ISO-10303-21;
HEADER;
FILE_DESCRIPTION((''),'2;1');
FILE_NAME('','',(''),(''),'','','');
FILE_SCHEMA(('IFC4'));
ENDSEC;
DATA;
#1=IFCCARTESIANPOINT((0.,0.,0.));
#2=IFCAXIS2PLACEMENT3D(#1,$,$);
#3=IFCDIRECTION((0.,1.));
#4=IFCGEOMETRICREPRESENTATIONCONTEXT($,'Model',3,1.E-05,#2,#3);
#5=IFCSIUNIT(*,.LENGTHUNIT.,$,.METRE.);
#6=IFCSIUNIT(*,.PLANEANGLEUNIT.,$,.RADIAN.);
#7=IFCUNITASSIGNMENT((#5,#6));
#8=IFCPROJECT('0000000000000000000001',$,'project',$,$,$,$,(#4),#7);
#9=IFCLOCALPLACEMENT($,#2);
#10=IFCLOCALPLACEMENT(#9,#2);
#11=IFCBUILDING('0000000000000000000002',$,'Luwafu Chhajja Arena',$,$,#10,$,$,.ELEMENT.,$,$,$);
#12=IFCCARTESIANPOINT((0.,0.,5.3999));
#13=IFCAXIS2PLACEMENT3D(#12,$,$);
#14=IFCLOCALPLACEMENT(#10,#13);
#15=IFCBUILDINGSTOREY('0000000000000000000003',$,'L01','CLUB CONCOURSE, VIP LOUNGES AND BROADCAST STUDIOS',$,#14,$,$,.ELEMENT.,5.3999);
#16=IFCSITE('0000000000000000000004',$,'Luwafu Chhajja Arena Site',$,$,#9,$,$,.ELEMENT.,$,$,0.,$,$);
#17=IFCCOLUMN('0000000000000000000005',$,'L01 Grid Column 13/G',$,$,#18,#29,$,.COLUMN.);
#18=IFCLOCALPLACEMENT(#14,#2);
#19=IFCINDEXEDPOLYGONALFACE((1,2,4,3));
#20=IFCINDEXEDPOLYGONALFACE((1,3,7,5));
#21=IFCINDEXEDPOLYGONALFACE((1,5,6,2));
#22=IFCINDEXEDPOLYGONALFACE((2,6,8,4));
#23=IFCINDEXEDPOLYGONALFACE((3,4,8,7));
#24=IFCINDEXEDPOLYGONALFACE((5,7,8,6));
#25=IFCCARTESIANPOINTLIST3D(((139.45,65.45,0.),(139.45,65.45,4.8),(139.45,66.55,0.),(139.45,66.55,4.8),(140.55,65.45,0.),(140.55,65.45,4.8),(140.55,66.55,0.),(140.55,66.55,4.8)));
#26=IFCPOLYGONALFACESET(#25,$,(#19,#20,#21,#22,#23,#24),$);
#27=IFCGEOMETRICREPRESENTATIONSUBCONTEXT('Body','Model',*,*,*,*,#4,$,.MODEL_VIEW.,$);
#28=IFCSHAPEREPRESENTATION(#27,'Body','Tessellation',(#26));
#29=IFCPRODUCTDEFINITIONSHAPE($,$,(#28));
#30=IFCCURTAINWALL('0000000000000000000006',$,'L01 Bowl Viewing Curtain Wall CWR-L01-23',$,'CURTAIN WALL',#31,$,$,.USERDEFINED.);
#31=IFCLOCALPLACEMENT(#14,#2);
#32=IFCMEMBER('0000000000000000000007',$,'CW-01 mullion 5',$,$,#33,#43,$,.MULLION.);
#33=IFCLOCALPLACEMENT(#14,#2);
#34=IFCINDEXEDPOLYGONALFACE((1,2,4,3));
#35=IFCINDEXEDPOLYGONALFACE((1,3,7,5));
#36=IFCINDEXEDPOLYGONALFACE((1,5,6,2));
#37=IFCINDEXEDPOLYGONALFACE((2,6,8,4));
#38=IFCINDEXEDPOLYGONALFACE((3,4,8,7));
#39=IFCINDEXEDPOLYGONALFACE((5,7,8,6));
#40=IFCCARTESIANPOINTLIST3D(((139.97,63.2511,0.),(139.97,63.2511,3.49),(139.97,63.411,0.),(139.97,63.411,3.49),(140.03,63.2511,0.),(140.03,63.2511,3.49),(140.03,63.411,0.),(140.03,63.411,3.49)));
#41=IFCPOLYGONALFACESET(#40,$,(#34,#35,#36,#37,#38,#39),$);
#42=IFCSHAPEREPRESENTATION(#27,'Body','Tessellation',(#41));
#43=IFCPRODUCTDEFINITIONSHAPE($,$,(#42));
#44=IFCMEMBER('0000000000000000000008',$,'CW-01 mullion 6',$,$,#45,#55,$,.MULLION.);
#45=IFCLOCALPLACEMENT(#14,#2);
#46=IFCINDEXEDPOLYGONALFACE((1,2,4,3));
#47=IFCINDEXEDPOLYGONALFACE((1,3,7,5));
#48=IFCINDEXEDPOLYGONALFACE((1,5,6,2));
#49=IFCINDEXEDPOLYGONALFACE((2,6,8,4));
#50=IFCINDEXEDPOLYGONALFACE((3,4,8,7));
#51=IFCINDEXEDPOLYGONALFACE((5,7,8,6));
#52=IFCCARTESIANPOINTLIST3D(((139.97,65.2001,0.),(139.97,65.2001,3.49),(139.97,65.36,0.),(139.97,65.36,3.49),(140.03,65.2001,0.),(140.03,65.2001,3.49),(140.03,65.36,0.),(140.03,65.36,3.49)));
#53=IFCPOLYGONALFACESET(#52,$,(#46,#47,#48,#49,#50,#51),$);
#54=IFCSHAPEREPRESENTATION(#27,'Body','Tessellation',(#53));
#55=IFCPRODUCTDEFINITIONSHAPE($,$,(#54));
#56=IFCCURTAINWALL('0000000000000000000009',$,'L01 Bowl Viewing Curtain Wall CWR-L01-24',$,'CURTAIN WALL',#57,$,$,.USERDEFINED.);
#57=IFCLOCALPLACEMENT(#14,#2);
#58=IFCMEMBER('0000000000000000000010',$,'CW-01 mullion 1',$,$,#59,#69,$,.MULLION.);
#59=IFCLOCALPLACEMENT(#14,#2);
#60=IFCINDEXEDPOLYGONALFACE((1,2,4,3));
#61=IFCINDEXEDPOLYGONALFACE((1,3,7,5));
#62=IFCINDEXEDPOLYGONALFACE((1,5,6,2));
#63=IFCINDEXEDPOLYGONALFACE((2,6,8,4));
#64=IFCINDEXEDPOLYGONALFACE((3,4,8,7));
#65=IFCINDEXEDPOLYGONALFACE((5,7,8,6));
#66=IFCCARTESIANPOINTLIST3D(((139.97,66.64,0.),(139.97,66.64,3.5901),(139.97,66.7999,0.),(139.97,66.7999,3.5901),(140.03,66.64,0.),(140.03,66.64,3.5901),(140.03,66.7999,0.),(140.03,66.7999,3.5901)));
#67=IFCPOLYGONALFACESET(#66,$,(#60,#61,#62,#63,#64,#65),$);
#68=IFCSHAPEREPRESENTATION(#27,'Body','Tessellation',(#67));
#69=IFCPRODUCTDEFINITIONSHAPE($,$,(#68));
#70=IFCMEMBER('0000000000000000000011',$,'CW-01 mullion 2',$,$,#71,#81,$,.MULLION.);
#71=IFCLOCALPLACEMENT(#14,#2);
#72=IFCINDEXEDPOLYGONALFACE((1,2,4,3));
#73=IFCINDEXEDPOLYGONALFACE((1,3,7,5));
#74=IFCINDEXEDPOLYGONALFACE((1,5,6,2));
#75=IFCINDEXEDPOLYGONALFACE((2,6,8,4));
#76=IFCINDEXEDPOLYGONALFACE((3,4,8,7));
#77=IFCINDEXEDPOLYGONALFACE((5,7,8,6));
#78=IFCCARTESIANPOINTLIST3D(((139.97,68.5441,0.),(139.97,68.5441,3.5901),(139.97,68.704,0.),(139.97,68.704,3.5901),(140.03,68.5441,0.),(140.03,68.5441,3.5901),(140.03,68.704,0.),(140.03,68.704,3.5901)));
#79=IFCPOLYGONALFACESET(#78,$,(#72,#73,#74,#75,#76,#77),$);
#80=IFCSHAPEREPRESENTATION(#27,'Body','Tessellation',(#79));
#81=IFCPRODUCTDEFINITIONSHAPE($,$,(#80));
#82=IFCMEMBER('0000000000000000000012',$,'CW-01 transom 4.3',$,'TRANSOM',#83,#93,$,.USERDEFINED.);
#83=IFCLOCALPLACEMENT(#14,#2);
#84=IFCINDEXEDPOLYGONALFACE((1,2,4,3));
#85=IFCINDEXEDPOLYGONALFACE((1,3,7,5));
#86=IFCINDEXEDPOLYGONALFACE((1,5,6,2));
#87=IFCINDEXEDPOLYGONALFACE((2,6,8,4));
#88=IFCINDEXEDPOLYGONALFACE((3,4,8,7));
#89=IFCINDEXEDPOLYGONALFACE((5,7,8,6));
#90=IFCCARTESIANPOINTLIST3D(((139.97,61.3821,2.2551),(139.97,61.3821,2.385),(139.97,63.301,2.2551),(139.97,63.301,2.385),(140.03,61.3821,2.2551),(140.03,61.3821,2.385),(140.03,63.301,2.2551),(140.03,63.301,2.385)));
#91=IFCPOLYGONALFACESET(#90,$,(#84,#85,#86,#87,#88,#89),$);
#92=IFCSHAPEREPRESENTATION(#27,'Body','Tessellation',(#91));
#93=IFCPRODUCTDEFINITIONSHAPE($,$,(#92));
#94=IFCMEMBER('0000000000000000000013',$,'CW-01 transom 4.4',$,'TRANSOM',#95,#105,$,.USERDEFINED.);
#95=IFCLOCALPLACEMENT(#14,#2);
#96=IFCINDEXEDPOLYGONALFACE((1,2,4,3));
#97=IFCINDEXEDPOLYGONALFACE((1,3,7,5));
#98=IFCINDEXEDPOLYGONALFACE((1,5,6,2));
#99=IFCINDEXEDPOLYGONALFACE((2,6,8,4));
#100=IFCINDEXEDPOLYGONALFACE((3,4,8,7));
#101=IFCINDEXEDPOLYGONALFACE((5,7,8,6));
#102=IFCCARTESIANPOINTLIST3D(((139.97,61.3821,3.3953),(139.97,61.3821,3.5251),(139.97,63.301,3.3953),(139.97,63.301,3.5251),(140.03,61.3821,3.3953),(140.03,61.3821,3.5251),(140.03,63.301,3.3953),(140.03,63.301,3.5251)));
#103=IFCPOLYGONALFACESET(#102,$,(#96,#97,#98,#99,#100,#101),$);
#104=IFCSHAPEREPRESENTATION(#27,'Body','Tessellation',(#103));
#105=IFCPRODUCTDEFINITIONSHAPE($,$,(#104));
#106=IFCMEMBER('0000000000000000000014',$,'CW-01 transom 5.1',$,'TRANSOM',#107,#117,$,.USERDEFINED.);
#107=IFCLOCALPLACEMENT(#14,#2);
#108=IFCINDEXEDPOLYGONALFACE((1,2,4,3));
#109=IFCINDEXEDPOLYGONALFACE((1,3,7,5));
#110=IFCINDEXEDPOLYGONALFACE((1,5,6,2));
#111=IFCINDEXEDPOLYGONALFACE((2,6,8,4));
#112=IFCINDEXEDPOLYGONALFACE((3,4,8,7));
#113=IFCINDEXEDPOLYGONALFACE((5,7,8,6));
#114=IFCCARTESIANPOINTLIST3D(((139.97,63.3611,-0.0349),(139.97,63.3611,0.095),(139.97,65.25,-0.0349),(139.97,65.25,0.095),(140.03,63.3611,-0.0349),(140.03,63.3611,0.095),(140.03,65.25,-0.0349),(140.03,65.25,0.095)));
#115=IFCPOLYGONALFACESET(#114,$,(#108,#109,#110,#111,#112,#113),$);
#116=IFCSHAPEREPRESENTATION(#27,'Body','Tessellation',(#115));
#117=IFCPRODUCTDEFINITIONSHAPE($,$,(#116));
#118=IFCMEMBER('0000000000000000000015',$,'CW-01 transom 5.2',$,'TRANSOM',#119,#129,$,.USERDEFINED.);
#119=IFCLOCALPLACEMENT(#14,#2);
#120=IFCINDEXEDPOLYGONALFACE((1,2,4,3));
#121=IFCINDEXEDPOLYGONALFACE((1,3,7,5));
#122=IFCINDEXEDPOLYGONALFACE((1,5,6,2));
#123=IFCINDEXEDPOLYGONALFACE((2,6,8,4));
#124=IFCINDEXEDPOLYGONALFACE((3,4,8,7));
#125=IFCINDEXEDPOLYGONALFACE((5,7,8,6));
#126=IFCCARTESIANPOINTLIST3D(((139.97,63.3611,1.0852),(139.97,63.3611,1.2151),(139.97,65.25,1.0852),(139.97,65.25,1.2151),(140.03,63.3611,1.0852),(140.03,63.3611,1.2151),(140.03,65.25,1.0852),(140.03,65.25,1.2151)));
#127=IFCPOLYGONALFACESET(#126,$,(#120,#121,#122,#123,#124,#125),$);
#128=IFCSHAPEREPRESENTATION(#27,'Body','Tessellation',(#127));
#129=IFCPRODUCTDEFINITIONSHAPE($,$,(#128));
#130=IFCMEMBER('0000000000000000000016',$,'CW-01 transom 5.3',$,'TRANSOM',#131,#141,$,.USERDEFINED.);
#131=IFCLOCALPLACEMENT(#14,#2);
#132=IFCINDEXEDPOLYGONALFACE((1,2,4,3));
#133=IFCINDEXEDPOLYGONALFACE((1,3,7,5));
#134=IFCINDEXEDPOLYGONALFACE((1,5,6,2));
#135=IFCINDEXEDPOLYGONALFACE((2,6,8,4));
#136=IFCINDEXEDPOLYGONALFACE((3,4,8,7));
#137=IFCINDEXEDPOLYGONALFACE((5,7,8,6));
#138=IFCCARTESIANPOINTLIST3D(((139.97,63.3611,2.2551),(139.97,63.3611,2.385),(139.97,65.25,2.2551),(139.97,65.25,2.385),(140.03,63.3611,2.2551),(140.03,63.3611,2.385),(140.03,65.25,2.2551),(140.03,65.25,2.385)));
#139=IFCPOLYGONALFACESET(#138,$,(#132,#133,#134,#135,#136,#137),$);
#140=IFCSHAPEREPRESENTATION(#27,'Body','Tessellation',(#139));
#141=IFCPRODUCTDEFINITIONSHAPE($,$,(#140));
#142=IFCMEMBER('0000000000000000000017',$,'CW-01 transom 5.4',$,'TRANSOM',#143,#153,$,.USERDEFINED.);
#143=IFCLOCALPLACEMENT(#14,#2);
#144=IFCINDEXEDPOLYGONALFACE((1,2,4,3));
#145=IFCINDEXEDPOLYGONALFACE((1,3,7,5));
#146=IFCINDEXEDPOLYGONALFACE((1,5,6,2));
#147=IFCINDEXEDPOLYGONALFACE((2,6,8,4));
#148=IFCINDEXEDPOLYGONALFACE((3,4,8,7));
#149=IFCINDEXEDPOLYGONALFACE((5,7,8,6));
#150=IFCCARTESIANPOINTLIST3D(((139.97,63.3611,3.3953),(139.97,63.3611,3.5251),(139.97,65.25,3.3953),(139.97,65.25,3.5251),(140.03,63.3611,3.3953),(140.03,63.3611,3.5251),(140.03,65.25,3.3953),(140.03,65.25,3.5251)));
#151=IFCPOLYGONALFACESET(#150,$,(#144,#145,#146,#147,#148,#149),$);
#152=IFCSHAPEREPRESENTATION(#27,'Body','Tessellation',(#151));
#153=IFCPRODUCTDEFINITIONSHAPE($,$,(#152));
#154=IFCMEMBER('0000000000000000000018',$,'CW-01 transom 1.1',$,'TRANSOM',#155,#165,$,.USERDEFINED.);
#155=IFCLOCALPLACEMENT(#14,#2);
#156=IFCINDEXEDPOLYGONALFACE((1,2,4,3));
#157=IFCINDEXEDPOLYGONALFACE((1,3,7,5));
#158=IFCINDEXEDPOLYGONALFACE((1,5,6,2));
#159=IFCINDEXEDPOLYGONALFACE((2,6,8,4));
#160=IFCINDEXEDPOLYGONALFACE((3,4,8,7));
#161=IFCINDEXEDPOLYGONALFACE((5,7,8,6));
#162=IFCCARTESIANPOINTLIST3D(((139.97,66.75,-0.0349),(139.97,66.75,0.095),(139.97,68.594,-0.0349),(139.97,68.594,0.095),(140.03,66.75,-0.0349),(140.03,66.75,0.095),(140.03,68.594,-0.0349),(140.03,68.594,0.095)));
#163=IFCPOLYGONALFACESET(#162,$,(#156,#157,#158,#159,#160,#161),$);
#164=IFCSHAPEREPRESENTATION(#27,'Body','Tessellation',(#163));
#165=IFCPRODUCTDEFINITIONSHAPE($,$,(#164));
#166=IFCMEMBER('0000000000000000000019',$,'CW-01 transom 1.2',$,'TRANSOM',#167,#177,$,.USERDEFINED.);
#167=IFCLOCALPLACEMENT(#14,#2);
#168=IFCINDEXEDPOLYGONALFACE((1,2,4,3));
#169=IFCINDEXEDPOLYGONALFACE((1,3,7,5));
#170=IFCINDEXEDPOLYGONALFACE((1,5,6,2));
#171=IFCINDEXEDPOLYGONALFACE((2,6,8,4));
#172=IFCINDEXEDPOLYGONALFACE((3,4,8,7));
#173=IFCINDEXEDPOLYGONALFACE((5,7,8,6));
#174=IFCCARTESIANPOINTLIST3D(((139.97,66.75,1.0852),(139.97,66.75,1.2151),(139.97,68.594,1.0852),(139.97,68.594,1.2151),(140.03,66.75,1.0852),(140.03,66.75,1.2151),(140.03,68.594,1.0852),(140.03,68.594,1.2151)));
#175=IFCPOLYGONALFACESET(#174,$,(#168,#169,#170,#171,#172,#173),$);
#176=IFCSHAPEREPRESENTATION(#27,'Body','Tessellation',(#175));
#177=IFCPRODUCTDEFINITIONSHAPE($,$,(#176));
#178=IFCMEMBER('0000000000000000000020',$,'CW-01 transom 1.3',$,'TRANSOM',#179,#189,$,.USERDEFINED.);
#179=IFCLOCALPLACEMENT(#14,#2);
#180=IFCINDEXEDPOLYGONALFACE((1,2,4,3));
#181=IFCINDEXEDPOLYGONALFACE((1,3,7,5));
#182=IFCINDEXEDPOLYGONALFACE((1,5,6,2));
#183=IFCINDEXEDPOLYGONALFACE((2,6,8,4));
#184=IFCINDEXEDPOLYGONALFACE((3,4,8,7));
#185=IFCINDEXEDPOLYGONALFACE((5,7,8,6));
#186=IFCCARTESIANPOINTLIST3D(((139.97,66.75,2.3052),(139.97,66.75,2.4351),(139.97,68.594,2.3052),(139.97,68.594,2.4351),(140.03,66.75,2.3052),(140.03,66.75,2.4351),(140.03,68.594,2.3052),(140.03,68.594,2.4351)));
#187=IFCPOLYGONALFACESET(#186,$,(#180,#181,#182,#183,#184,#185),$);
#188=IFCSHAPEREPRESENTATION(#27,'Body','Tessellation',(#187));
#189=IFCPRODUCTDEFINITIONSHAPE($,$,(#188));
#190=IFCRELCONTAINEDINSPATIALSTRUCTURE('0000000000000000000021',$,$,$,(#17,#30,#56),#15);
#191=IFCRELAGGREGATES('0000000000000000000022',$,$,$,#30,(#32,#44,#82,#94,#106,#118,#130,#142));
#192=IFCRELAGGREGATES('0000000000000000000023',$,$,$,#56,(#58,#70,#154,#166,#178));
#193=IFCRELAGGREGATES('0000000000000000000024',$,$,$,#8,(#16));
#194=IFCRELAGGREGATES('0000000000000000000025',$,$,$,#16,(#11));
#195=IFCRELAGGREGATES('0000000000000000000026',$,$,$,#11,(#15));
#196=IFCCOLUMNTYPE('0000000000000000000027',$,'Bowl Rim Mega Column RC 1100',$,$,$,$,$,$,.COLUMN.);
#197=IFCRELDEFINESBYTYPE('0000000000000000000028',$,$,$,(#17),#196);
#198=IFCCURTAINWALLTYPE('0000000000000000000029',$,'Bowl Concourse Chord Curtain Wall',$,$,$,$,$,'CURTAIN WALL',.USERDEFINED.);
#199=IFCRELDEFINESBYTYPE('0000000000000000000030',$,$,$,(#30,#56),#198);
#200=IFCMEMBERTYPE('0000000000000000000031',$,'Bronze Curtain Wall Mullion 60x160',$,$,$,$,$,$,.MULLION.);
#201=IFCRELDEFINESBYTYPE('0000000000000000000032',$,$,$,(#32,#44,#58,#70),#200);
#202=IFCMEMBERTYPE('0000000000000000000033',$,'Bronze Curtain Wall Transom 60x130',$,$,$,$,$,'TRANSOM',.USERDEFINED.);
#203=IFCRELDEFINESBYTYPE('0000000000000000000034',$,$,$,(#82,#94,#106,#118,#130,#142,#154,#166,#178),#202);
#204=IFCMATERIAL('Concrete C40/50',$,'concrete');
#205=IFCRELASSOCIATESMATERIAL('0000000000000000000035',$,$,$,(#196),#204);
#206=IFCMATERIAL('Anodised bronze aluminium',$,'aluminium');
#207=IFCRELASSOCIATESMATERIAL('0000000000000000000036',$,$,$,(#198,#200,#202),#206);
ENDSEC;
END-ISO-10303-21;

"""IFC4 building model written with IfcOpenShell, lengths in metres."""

from ifc_helpers import new_model, si_unit, direction, frame, origin, origin_2d, place, context, subcontext, project, spatial, rectangle, extrude, material, material_profile, profile_set, type_object, element, aggregate, save


model = new_model("IFC4")

# Units and contexts
model_context = context("Model", 3, precision=1e-05, world=origin(), true_north=direction((0.0, 1.0)))
body_context = subcontext(model_context, "Body", "Model", "MODEL_VIEW")
ifc_project = project(units=[si_unit("LENGTHUNIT", "METRE"), si_unit("PLANEANGLEUNIT", "RADIAN")], contexts=[model_context])

# Site, building, storey
site_placement = place(None, origin())
site = spatial("IfcSite", under=ifc_project, at=site_placement, Name="Luwafu Chhajja Arena Site", CompositionType="ELEMENT", RefElevation=0.0)
building_placement = place(site_placement, origin())
building = spatial("IfcBuilding", under=site, at=building_placement, Name="Luwafu Chhajja Arena", CompositionType="ELEMENT")
storey_placement = place(building_placement, frame((0.0, 0.0, 5.3999)))
storey = spatial("IfcBuildingStorey", under=building, at=storey_placement, Name="L01", Description="CLUB CONCOURSE, VIP LOUNGES AND BROADCAST STUDIOS", CompositionType="ELEMENT", Elevation=5.3999)

# Column
ifc_material_1 = material(Name="Concrete C40/50", Category="concrete")
ifc_material_profile_1 = material_profile(ifc_material_1, rectangle(XDim=1.1001, YDim=1.1001, at=origin_2d()), Name="RC 1100x1100")
ifc_profile_set_1 = profile_set([ifc_material_profile_1], Name="Concrete C40/50")
column_type = type_object("IfcColumnType", Name="Bowl Rim Mega Column RC 1100", PredefinedType="COLUMN", material=ifc_profile_set_1)
column_placement = place(storey_placement, frame((140.0, 66.0, 0.0), z_axis=(0.0, 0.0, 1.0), x_axis=(1.0, 0.0, 0.0)))
element("IfcColumn", 1, at=column_placement, inside=storey, type_object=column_type, Name="L01 Grid Column 13/G", PredefinedType="COLUMN", context=body_context, shape_type="SweptSolid", body=[
    extrude(rectangle(XDim=1.1001, YDim=1.1001, at=origin_2d()), origin(), (0.0, 0.0, 1.0), 4.8),
])

# Curtain walls, members
ifc_material_2 = material(Name="Anodised bronze aluminium", Category="aluminium")
curtain_wall_type = type_object("IfcCurtainWallType", Name="Bowl Concourse Chord Curtain Wall", ElementType="CURTAIN WALL", PredefinedType="USERDEFINED", material=ifc_material_2)
curtain_wall_1_placement = place(storey_placement, origin())
curtain_wall_1 = element("IfcCurtainWall", 2, at=curtain_wall_1_placement, inside=storey, type_object=curtain_wall_type, Name="L01 Bowl Viewing Curtain Wall CWR-L01-23", ObjectType="CURTAIN WALL", PredefinedType="USERDEFINED")
ifc_material_profile_2 = material_profile(ifc_material_2, rectangle(XDim=0.0601, YDim=0.1599, at=origin_2d()), Name="CWM 60x160")
ifc_profile_set_2 = profile_set([ifc_material_profile_2], Name="Anodised bronze aluminium")
member_type_1 = type_object("IfcMemberType", Name="Bronze Curtain Wall Mullion 60x160", PredefinedType="MULLION", material=ifc_profile_set_2)
member_1_placement = place(storey_placement, frame((140.0, 63.3311, 0.0), z_axis=(0.0, 0.0, 1.0), x_axis=(-1.0, 0.0, 0.0)))
member_1 = element("IfcMember", 3, at=member_1_placement, type_object=member_type_1, Name="CW-01 mullion 5", PredefinedType="MULLION", context=body_context, shape_type="SweptSolid", body=[
    extrude(rectangle(XDim=0.0601, YDim=0.1599, at=origin_2d()), origin(), (0.0, 0.0, 1.0), 3.49),
])
member_2_placement = place(storey_placement, frame((140.0, 65.28, 0.0), z_axis=(0.0, 0.0, 1.0), x_axis=(-1.0, 0.0, 0.0)))
member_2 = element("IfcMember", 4, at=member_2_placement, type_object=member_type_1, Name="CW-01 mullion 6", PredefinedType="MULLION", context=body_context, shape_type="SweptSolid", body=[
    extrude(rectangle(XDim=0.0601, YDim=0.1599, at=origin_2d()), origin(), (0.0, 0.0, 1.0), 3.49),
])
curtain_wall_2_placement = place(storey_placement, origin())
curtain_wall_2 = element("IfcCurtainWall", 5, at=curtain_wall_2_placement, inside=storey, type_object=curtain_wall_type, Name="L01 Bowl Viewing Curtain Wall CWR-L01-24", ObjectType="CURTAIN WALL", PredefinedType="USERDEFINED")
member_3_placement = place(storey_placement, frame((140.0, 66.72, 0.0), z_axis=(0.0, 0.0, 1.0), x_axis=(-1.0, 0.0, 0.0)))
member_3 = element("IfcMember", 6, at=member_3_placement, type_object=member_type_1, Name="CW-01 mullion 1", PredefinedType="MULLION", context=body_context, shape_type="SweptSolid", body=[
    extrude(rectangle(XDim=0.0601, YDim=0.1599, at=origin_2d()), origin(), (0.0, 0.0, 1.0), 3.5901),
])
member_4_placement = place(storey_placement, frame((140.0, 68.624, 0.0), z_axis=(0.0, 0.0, 1.0), x_axis=(-1.0, 0.0, 0.0)))
member_4 = element("IfcMember", 7, at=member_4_placement, type_object=member_type_1, Name="CW-01 mullion 2", PredefinedType="MULLION", context=body_context, shape_type="SweptSolid", body=[
    extrude(rectangle(XDim=0.0601, YDim=0.1599, at=origin_2d()), origin(), (0.0, 0.0, 1.0), 3.5901),
])

# Members
ifc_material_profile_3 = material_profile(ifc_material_2, rectangle(XDim=0.0601, YDim=0.1299, at=origin_2d()), Name="CWT 60x130")
ifc_profile_set_3 = profile_set([ifc_material_profile_3], Name="Anodised bronze aluminium")
member_type_2 = type_object("IfcMemberType", Name="Bronze Curtain Wall Transom 60x130", ElementType="TRANSOM", PredefinedType="USERDEFINED", material=ifc_profile_set_3)
member_5_placement = place(storey_placement, frame((140.0, 61.3821, 2.3201), z_axis=(0.0, 1.0, 0.0), x_axis=(-1.0, 0.0, 0.0)))
member_5 = element("IfcMember", 8, at=member_5_placement, type_object=member_type_2, Name="CW-01 transom 4.3", ObjectType="TRANSOM", PredefinedType="USERDEFINED", context=body_context, shape_type="SweptSolid", body=[
    extrude(rectangle(XDim=0.0601, YDim=0.1299, at=origin_2d()), origin(), (0.0, 0.0, 1.0), 1.9189),
])
member_6_placement = place(storey_placement, frame((140.0, 61.3821, 3.4602), z_axis=(0.0, 1.0, 0.0), x_axis=(-1.0, 0.0, 0.0)))
member_6 = element("IfcMember", 9, at=member_6_placement, type_object=member_type_2, Name="CW-01 transom 4.4", ObjectType="TRANSOM", PredefinedType="USERDEFINED", context=body_context, shape_type="SweptSolid", body=[
    extrude(rectangle(XDim=0.0601, YDim=0.1299, at=origin_2d()), origin(), (0.0, 0.0, 1.0), 1.9189),
])
member_7_placement = place(storey_placement, frame((140.0, 63.3611, 0.03), z_axis=(0.0, 1.0, 0.0), x_axis=(-1.0, 0.0, 0.0)))
member_7 = element("IfcMember", 10, at=member_7_placement, type_object=member_type_2, Name="CW-01 transom 5.1", ObjectType="TRANSOM", PredefinedType="USERDEFINED", context=body_context, shape_type="SweptSolid", body=[
    extrude(rectangle(XDim=0.0601, YDim=0.1299, at=origin_2d()), origin(), (0.0, 0.0, 1.0), 1.8889),
])
member_8_placement = place(storey_placement, frame((140.0, 63.3611, 1.1501), z_axis=(0.0, 1.0, 0.0), x_axis=(-1.0, 0.0, 0.0)))
member_8 = element("IfcMember", 11, at=member_8_placement, type_object=member_type_2, Name="CW-01 transom 5.2", ObjectType="TRANSOM", PredefinedType="USERDEFINED", context=body_context, shape_type="SweptSolid", body=[
    extrude(rectangle(XDim=0.0601, YDim=0.1299, at=origin_2d()), origin(), (0.0, 0.0, 1.0), 1.8889),
])
member_9_placement = place(storey_placement, frame((140.0, 63.3611, 2.3201), z_axis=(0.0, 1.0, 0.0), x_axis=(-1.0, 0.0, 0.0)))
member_9 = element("IfcMember", 12, at=member_9_placement, type_object=member_type_2, Name="CW-01 transom 5.3", ObjectType="TRANSOM", PredefinedType="USERDEFINED", context=body_context, shape_type="SweptSolid", body=[
    extrude(rectangle(XDim=0.0601, YDim=0.1299, at=origin_2d()), origin(), (0.0, 0.0, 1.0), 1.8889),
])
member_10_placement = place(storey_placement, frame((140.0, 63.3611, 3.4602), z_axis=(0.0, 1.0, 0.0), x_axis=(-1.0, 0.0, 0.0)))
member_10 = element("IfcMember", 13, at=member_10_placement, type_object=member_type_2, Name="CW-01 transom 5.4", ObjectType="TRANSOM", PredefinedType="USERDEFINED", context=body_context, shape_type="SweptSolid", body=[
    extrude(rectangle(XDim=0.0601, YDim=0.1299, at=origin_2d()), origin(), (0.0, 0.0, 1.0), 1.8889),
])
member_11_placement = place(storey_placement, frame((140.0, 66.75, 0.03), z_axis=(0.0, 1.0, 0.0), x_axis=(-1.0, 0.0, 0.0)))
member_11 = element("IfcMember", 14, at=member_11_placement, type_object=member_type_2, Name="CW-01 transom 1.1", ObjectType="TRANSOM", PredefinedType="USERDEFINED", context=body_context, shape_type="SweptSolid", body=[
    extrude(rectangle(XDim=0.0601, YDim=0.1299, at=origin_2d()), origin(), (0.0, 0.0, 1.0), 1.844),
])
member_12_placement = place(storey_placement, frame((140.0, 66.75, 1.1501), z_axis=(0.0, 1.0, 0.0), x_axis=(-1.0, 0.0, 0.0)))
member_12 = element("IfcMember", 15, at=member_12_placement, type_object=member_type_2, Name="CW-01 transom 1.2", ObjectType="TRANSOM", PredefinedType="USERDEFINED", context=body_context, shape_type="SweptSolid", body=[
    extrude(rectangle(XDim=0.0601, YDim=0.1299, at=origin_2d()), origin(), (0.0, 0.0, 1.0), 1.844),
])
member_13_placement = place(storey_placement, frame((140.0, 66.75, 2.3701), z_axis=(0.0, 1.0, 0.0), x_axis=(-1.0, 0.0, 0.0)))
member_13 = element("IfcMember", 16, at=member_13_placement, type_object=member_type_2, Name="CW-01 transom 1.3", ObjectType="TRANSOM", PredefinedType="USERDEFINED", context=body_context, shape_type="SweptSolid", body=[
    extrude(rectangle(XDim=0.0601, YDim=0.1299, at=origin_2d()), origin(), (0.0, 0.0, 1.0), 1.844),
])

aggregate(curtain_wall_1, [member_1, member_2, member_5, member_6, member_7, member_8, member_9, member_10])
aggregate(curtain_wall_2, [member_3, member_4, member_11, member_12, member_13])

save(model, "model.ifc")
